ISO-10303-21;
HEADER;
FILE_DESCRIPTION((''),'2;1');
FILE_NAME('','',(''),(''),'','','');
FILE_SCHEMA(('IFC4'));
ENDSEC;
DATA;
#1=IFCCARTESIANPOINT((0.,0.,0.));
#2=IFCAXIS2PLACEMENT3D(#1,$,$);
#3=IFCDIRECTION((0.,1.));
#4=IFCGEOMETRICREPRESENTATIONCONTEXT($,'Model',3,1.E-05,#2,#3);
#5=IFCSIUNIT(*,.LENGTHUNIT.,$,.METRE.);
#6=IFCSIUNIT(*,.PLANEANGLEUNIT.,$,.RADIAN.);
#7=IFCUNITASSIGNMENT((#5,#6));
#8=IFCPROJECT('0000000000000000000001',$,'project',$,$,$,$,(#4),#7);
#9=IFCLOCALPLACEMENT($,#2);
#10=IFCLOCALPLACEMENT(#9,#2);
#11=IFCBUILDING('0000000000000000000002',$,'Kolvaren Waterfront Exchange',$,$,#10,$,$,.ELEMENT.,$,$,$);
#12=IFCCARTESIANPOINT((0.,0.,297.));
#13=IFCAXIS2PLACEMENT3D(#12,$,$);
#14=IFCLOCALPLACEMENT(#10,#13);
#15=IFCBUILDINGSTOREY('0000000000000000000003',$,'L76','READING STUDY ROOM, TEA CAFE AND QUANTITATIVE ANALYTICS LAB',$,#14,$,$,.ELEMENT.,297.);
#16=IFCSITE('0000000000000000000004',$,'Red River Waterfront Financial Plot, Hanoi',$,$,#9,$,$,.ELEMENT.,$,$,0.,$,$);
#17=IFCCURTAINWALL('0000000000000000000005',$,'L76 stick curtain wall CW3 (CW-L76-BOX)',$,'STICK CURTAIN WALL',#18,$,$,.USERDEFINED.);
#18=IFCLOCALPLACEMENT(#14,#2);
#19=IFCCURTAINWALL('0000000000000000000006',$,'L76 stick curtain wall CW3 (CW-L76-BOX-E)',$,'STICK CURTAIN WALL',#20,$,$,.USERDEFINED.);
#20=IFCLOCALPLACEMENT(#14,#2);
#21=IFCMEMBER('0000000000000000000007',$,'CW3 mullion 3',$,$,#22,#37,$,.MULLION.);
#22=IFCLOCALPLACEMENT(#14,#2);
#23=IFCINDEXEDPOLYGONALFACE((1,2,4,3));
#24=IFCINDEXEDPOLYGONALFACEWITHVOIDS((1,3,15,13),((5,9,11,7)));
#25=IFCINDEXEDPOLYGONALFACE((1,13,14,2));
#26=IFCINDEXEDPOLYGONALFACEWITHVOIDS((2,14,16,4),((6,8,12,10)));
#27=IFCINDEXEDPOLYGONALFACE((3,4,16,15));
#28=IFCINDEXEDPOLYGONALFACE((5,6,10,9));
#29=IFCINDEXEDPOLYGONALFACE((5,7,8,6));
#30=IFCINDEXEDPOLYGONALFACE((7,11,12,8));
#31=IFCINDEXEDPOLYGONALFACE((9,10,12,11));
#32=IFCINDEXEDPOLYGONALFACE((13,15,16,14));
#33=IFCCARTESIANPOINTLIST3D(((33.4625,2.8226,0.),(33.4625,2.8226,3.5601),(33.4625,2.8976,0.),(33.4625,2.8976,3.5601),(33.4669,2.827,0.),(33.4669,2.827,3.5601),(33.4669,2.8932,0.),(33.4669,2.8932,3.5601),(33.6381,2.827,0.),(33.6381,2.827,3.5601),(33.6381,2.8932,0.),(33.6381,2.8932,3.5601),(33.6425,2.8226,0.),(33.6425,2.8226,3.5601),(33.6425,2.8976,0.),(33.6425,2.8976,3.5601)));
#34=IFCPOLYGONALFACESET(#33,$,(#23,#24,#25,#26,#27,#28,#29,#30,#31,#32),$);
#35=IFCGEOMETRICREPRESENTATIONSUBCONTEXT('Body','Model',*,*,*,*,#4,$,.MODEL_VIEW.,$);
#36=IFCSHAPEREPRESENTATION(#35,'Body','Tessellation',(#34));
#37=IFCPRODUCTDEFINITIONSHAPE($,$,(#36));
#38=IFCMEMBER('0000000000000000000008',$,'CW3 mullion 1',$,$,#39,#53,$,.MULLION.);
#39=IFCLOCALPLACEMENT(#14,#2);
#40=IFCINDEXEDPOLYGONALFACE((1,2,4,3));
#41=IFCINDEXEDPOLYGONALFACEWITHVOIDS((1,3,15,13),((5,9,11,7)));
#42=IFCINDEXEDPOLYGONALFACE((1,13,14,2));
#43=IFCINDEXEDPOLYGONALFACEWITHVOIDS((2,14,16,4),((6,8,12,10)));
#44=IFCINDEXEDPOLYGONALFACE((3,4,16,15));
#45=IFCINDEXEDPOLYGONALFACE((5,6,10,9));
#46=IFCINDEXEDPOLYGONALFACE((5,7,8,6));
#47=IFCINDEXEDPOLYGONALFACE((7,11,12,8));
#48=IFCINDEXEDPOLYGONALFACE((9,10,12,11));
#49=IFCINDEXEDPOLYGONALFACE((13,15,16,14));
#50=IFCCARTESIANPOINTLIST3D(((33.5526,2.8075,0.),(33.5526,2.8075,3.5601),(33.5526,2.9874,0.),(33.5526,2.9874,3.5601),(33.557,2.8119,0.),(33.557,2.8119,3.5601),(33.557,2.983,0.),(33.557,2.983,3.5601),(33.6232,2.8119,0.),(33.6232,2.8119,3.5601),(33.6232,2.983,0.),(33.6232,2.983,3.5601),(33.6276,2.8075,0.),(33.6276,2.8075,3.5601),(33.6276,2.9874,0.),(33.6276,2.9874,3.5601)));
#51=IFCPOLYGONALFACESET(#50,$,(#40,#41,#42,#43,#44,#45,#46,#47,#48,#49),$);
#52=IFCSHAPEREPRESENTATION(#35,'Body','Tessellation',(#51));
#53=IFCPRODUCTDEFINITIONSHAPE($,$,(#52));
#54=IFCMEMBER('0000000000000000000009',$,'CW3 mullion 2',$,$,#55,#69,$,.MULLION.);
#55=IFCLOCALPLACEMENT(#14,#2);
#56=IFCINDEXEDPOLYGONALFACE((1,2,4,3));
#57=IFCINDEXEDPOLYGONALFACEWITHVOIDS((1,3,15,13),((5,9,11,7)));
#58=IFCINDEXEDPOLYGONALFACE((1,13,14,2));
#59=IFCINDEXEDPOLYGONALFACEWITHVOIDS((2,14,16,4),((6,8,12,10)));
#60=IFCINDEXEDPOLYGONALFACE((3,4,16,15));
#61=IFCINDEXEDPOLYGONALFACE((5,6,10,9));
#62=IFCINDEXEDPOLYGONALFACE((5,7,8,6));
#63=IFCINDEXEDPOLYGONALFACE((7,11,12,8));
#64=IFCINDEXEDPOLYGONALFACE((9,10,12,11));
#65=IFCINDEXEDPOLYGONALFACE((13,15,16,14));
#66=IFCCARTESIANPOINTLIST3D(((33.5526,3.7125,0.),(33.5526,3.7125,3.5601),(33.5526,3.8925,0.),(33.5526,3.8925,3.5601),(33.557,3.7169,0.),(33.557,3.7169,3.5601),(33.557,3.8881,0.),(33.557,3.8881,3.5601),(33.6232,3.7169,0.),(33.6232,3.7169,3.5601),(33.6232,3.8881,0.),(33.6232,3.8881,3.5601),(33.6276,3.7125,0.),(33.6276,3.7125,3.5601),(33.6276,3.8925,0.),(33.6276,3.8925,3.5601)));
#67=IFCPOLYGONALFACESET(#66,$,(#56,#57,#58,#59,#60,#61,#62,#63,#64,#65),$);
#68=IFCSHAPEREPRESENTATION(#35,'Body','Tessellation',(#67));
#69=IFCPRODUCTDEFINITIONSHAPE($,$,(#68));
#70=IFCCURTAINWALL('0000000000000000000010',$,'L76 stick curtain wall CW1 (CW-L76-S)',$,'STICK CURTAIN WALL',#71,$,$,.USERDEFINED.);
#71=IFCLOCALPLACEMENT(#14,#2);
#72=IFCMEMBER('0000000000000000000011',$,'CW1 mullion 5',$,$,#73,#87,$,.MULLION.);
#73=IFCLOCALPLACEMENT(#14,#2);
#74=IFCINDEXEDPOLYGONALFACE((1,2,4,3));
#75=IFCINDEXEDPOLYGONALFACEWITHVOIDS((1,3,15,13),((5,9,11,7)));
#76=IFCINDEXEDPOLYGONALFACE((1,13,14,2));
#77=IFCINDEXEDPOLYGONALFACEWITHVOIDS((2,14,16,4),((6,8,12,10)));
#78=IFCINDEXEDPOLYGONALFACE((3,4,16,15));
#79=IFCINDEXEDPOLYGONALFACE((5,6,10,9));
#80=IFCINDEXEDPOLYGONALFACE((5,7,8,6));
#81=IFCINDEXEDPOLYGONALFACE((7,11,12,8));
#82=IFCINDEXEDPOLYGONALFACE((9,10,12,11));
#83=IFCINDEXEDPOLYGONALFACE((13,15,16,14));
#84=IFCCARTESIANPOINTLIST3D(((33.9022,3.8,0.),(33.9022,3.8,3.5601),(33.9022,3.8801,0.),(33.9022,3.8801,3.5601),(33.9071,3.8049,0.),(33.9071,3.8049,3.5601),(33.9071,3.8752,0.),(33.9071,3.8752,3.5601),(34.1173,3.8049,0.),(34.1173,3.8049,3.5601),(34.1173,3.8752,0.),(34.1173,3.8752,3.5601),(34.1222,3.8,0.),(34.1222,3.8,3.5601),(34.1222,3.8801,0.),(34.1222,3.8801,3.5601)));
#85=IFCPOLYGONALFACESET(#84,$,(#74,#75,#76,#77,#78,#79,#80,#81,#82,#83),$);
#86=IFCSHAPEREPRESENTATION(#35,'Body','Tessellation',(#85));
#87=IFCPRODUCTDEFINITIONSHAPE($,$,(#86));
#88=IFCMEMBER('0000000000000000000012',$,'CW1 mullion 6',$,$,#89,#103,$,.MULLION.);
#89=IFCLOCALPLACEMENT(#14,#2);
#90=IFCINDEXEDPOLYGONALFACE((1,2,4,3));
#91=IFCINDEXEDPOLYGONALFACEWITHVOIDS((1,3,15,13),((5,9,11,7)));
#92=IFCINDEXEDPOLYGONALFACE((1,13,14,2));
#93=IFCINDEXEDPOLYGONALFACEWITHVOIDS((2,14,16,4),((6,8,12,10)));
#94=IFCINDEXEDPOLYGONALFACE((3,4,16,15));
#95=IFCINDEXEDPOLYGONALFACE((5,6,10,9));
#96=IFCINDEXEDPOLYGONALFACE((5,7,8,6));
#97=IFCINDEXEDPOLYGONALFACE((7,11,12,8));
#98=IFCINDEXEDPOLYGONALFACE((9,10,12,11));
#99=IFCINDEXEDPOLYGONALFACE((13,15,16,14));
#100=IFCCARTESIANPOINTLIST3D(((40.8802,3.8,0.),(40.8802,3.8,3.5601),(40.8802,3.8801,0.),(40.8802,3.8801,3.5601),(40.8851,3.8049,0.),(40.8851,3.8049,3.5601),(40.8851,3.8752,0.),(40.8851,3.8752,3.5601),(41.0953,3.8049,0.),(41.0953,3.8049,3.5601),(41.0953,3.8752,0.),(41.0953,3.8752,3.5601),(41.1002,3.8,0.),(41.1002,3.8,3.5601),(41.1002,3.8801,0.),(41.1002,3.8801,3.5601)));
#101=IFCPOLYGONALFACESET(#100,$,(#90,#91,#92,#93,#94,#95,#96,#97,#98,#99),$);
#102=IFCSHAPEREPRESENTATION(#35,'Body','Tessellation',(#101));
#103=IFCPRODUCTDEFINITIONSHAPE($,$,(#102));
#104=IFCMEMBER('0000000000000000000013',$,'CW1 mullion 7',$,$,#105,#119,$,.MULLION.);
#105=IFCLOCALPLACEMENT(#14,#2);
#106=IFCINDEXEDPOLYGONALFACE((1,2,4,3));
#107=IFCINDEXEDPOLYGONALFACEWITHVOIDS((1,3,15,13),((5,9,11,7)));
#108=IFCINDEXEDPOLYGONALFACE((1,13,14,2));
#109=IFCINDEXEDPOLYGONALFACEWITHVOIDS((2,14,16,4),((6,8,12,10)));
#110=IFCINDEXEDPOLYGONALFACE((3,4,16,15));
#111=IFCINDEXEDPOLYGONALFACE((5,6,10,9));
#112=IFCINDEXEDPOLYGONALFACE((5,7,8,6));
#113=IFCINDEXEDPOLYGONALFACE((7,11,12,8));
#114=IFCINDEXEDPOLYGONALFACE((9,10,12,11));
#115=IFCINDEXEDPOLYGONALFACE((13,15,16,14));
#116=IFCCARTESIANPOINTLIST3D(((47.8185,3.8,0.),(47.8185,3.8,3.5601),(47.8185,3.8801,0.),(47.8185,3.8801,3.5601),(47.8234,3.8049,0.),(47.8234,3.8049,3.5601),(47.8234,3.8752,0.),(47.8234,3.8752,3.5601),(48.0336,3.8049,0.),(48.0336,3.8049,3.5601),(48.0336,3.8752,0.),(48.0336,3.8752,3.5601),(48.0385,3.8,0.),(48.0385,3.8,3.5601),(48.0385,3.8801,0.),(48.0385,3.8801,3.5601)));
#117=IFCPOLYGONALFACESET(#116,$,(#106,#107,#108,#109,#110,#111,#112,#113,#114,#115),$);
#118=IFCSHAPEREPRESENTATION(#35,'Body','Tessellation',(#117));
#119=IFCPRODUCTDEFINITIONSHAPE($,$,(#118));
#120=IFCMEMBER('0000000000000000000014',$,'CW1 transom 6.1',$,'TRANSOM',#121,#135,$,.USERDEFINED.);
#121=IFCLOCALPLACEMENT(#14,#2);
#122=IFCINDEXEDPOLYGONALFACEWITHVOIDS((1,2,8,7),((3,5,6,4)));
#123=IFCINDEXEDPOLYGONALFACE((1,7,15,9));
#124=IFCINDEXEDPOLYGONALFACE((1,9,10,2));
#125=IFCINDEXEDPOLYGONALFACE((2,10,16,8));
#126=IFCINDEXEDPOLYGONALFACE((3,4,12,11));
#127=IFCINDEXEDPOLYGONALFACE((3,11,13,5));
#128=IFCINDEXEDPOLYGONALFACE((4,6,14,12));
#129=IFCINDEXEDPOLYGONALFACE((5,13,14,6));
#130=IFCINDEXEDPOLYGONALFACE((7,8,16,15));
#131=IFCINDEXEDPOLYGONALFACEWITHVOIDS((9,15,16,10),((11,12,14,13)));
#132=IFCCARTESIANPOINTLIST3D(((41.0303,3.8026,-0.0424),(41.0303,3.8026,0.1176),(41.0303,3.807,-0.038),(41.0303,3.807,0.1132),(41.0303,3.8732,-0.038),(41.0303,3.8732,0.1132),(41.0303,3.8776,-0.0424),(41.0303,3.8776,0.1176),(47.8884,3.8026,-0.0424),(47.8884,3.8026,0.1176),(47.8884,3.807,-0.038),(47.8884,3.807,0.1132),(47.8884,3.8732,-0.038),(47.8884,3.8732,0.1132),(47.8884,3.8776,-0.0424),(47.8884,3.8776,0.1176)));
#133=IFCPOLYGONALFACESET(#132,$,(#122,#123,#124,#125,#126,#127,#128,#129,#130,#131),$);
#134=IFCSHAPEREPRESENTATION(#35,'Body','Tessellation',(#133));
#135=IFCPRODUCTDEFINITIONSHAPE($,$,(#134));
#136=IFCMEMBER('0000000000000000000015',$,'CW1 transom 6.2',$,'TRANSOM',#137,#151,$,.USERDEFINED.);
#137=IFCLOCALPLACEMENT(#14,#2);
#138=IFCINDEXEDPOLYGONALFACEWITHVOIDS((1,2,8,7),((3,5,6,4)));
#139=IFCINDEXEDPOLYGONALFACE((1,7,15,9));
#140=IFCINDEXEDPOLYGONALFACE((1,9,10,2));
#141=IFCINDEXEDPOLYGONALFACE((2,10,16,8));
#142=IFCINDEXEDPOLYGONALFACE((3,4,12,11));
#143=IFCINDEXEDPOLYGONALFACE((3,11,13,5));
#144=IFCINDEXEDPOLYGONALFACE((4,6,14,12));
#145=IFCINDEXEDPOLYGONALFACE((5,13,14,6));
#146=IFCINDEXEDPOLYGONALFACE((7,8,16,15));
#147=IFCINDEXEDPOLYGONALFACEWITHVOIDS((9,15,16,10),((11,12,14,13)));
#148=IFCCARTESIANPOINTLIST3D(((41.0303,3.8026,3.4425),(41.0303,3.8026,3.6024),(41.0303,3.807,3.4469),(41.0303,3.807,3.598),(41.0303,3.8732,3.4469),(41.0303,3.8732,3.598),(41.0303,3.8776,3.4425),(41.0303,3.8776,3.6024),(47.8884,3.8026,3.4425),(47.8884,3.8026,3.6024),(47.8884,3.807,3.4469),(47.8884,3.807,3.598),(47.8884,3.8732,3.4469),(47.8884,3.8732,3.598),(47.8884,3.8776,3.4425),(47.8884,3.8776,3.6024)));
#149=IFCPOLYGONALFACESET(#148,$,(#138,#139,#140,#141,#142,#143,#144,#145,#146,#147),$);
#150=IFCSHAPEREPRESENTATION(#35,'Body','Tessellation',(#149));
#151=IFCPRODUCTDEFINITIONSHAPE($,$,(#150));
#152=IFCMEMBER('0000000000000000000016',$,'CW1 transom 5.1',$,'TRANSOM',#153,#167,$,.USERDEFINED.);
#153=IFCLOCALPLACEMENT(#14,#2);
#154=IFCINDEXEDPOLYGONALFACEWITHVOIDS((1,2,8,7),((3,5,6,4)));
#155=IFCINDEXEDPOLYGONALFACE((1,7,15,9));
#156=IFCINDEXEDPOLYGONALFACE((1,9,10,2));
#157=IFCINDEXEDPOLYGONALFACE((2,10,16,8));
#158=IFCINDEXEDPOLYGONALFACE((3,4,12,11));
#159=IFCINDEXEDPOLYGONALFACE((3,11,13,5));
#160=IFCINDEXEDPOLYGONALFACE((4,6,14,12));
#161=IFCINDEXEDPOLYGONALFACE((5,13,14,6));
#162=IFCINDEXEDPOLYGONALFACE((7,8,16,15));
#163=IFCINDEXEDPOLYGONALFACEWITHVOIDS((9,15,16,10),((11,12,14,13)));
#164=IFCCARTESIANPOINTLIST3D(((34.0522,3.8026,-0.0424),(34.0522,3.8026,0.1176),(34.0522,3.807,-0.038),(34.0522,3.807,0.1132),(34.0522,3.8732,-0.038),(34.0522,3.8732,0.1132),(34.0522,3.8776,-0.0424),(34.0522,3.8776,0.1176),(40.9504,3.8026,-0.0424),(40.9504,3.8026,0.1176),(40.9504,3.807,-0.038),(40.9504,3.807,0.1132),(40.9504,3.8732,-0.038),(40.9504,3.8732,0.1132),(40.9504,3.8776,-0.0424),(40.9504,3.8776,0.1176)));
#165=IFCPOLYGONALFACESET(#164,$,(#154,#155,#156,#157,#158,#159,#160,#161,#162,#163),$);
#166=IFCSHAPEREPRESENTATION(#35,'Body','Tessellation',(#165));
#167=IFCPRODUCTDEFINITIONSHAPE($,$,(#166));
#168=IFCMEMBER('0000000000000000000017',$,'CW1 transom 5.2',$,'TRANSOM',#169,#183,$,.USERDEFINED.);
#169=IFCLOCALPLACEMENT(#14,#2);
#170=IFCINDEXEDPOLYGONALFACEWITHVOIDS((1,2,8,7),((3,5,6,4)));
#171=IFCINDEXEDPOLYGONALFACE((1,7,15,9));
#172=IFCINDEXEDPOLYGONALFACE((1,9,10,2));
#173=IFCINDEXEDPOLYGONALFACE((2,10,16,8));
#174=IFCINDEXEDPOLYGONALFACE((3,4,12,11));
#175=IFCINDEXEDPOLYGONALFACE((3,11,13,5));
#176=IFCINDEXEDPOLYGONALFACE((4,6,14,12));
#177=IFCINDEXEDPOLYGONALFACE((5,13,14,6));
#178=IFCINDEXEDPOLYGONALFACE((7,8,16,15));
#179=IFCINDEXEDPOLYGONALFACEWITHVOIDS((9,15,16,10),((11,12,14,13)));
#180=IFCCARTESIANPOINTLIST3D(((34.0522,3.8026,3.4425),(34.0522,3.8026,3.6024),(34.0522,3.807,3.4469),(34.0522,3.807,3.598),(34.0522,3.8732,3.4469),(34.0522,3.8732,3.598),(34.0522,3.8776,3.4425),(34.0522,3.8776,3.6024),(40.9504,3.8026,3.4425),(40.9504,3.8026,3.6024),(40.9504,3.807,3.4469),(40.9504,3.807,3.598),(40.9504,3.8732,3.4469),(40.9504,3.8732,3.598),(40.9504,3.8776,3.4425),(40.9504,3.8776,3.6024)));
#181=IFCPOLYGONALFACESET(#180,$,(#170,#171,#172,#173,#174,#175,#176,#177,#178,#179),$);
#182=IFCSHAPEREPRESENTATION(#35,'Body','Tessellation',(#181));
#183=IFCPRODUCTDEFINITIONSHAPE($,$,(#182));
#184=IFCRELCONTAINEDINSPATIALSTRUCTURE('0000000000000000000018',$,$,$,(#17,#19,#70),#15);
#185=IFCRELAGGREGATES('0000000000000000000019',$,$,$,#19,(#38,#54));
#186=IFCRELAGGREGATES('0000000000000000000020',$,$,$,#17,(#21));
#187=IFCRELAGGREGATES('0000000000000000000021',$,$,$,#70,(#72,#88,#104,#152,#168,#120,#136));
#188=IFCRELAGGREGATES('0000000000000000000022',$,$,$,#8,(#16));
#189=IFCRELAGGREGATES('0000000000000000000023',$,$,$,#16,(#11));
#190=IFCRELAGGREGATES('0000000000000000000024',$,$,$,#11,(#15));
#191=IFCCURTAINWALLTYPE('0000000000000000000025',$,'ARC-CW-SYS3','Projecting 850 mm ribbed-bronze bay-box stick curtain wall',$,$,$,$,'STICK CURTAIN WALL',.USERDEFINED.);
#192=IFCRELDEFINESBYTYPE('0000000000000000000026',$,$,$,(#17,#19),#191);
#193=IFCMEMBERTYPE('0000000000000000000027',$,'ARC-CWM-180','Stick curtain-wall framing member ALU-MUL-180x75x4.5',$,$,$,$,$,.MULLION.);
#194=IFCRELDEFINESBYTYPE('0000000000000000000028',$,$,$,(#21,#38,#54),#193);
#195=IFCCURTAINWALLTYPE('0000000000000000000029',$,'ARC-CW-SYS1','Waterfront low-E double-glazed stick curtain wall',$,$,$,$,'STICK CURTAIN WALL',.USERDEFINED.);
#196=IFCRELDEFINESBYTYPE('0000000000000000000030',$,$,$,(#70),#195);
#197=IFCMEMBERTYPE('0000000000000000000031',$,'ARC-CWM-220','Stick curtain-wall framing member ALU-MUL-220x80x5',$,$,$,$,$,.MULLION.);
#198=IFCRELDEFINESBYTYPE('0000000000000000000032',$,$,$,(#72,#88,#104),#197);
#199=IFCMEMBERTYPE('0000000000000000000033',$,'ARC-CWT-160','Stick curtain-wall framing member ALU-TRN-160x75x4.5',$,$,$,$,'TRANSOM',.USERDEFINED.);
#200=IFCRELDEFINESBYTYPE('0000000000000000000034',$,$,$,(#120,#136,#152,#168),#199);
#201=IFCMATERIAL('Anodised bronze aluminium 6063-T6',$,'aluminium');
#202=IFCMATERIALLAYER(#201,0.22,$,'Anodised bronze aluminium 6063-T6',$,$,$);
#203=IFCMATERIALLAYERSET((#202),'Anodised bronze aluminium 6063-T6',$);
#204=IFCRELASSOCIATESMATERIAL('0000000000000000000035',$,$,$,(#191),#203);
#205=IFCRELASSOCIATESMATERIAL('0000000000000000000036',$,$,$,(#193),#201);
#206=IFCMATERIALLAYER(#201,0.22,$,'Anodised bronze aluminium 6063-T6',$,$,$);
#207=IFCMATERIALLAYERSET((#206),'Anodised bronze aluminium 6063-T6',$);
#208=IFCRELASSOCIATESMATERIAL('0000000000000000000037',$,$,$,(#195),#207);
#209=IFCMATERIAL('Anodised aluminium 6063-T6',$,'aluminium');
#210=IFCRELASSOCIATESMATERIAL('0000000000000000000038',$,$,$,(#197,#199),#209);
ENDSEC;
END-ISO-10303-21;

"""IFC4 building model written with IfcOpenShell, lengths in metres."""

from ifc_helpers import new_model, si_unit, direction, frame, origin, origin_with_axes, origin_2d, place, context, subcontext, project, spatial, hollow_rectangle, extrude, source, transform, mapped, material, layer, layer_set, material_profile, profile_set, type_object, element, aggregate, save


model = new_model("IFC4")

# Units and contexts
model_context = context("Model", 3, precision=1e-05, world=origin(), true_north=direction((0.0, 1.0)))
body_context = subcontext(model_context, "Body", "Model", "MODEL_VIEW")
ifc_project = project(units=[si_unit("LENGTHUNIT", "METRE"), si_unit("PLANEANGLEUNIT", "RADIAN")], contexts=[model_context])

# Site, building, storey
site_placement = place(None, origin())
site = spatial("IfcSite", under=ifc_project, at=site_placement, Name="Red River Waterfront Financial Plot, Hanoi", CompositionType="ELEMENT", RefElevation=0.0)
building_placement = place(site_placement, origin())
building = spatial("IfcBuilding", under=site, at=building_placement, Name="Kolvaren Waterfront Exchange", CompositionType="ELEMENT")
storey_placement = place(building_placement, frame((0.0, 0.0, 297.0)))
storey = spatial("IfcBuildingStorey", under=building, at=storey_placement, Name="L76", Description="READING STUDY ROOM, TEA CAFE AND QUANTITATIVE ANALYTICS LAB", CompositionType="ELEMENT", Elevation=297.0)

# Curtain walls
ifc_material_1 = material(Name="Anodised bronze aluminium 6063-T6", Category="aluminium")
ifc_layer_1 = layer(ifc_material_1, 0.22, Name="Anodised bronze aluminium 6063-T6")
ifc_layer_set_1 = layer_set([ifc_layer_1], Name="Anodised bronze aluminium 6063-T6")
curtain_wall_type_1 = type_object("IfcCurtainWallType", Name="ARC-CW-SYS3", Description="Projecting 850 mm ribbed-bronze bay-box stick curtain wall", ElementType="STICK CURTAIN WALL", PredefinedType="USERDEFINED", material=ifc_layer_set_1)
curtain_wall_1_placement = place(storey_placement, origin())
curtain_wall_1 = element("IfcCurtainWall", 1, at=curtain_wall_1_placement, inside=storey, type_object=curtain_wall_type_1, Name="L76 stick curtain wall CW3 (CW-L76-BOX)", ObjectType="STICK CURTAIN WALL", PredefinedType="USERDEFINED")
curtain_wall_2_placement = place(storey_placement, origin())
curtain_wall_2 = element("IfcCurtainWall", 2, at=curtain_wall_2_placement, inside=storey, type_object=curtain_wall_type_1, Name="L76 stick curtain wall CW3 (CW-L76-BOX-E)", ObjectType="STICK CURTAIN WALL", PredefinedType="USERDEFINED")

# Members
ifc_material_profile_1 = material_profile(ifc_material_1, hollow_rectangle(XDim=0.075, YDim=0.1799, WallThickness=0.0044, at=origin_2d()), Name="ALU-MUL-180x75x4.5")
ifc_profile_set_1 = profile_set([ifc_material_profile_1], Name="Anodised bronze aluminium 6063-T6")
member_type_1 = type_object("IfcMemberType", Name="ARC-CWM-180", Description="Stick curtain-wall framing member ALU-MUL-180x75x4.5", PredefinedType="MULLION", material=ifc_profile_set_1)
shared_shape_1 = source(origin_with_axes(), body_context, "Body", "SweptSolid", [
    extrude(hollow_rectangle(XDim=0.075, YDim=0.1799, WallThickness=0.0044, at=origin_2d()), origin(), (0.0, 0.0, 1.0), 3.5601),
])
member_1_placement = place(storey_placement, frame((33.5525, 2.8601, 0.0), z_axis=(0.0, 0.0, 1.0), x_axis=(0.0, 1.0, 0.0)))
member_1 = element("IfcMember", 3, at=member_1_placement, type_object=member_type_1, Name="CW3 mullion 3", PredefinedType="MULLION", context=body_context, shape_type="MappedRepresentation", body=[
    mapped(shared_shape_1, transform((0.0, 0.0, 0.0), x_axis=(1.0, 0.0, 0.0), y_axis=(0.0, 1.0, 0.0), z_axis=(0.0, 0.0, 1.0), scale=1.0)),
])
member_2_placement = place(storey_placement, frame((33.5901, 2.8975, 0.0), z_axis=(0.0, 0.0, 1.0), x_axis=(-1.0, 0.0, 0.0)))
member_2 = element("IfcMember", 4, at=member_2_placement, type_object=member_type_1, Name="CW3 mullion 1", PredefinedType="MULLION", context=body_context, shape_type="MappedRepresentation", body=[
    mapped(shared_shape_1, transform((0.0, 0.0, 0.0), x_axis=(1.0, 0.0, 0.0), y_axis=(0.0, 1.0, 0.0), z_axis=(0.0, 0.0, 1.0), scale=1.0)),
])
member_3_placement = place(storey_placement, frame((33.5901, 3.8025, 0.0), z_axis=(0.0, 0.0, 1.0), x_axis=(-1.0, 0.0, 0.0)))
member_3 = element("IfcMember", 5, at=member_3_placement, type_object=member_type_1, Name="CW3 mullion 2", PredefinedType="MULLION", context=body_context, shape_type="MappedRepresentation", body=[
    mapped(shared_shape_1, transform((0.0, 0.0, 0.0), x_axis=(1.0, 0.0, 0.0), y_axis=(0.0, 1.0, 0.0), z_axis=(0.0, 0.0, 1.0), scale=1.0)),
])

# Curtain wall, members
ifc_layer_2 = layer(ifc_material_1, 0.22, Name="Anodised bronze aluminium 6063-T6")
ifc_layer_set_2 = layer_set([ifc_layer_2], Name="Anodised bronze aluminium 6063-T6")
curtain_wall_type_2 = type_object("IfcCurtainWallType", Name="ARC-CW-SYS1", Description="Waterfront low-E double-glazed stick curtain wall", ElementType="STICK CURTAIN WALL", PredefinedType="USERDEFINED", material=ifc_layer_set_2)
curtain_wall_3_placement = place(storey_placement, origin())
curtain_wall_3 = element("IfcCurtainWall", 6, at=curtain_wall_3_placement, inside=storey, type_object=curtain_wall_type_2, Name="L76 stick curtain wall CW1 (CW-L76-S)", ObjectType="STICK CURTAIN WALL", PredefinedType="USERDEFINED")
ifc_material_2 = material(Name="Anodised aluminium 6063-T6", Category="aluminium")
ifc_material_profile_2 = material_profile(ifc_material_2, hollow_rectangle(XDim=0.0801, YDim=0.22, WallThickness=0.0049, at=origin_2d()), Name="ALU-MUL-220x80x5")
ifc_profile_set_2 = profile_set([ifc_material_profile_2], Name="Anodised aluminium 6063-T6")
member_type_2 = type_object("IfcMemberType", Name="ARC-CWM-220", Description="Stick curtain-wall framing member ALU-MUL-220x80x5", PredefinedType="MULLION", material=ifc_profile_set_2)
shared_shape_2 = source(origin_with_axes(), body_context, "Body", "SweptSolid", [
    extrude(hollow_rectangle(XDim=0.0801, YDim=0.22, WallThickness=0.0049, at=origin_2d()), origin(), (0.0, 0.0, 1.0), 3.5601),
])
member_4_placement = place(storey_placement, frame((34.0122, 3.8401, 0.0), z_axis=(0.0, 0.0, 1.0), x_axis=(0.0, 1.0, 0.0)))
member_4 = element("IfcMember", 7, at=member_4_placement, type_object=member_type_2, Name="CW1 mullion 5", PredefinedType="MULLION", context=body_context, shape_type="MappedRepresentation", body=[
    mapped(shared_shape_2, transform((0.0, 0.0, 0.0), x_axis=(1.0, 0.0, 0.0), y_axis=(0.0, 1.0, 0.0), z_axis=(0.0, 0.0, 1.0), scale=1.0)),
])
member_5_placement = place(storey_placement, frame((40.9902, 3.8401, 0.0), z_axis=(0.0, 0.0, 1.0), x_axis=(0.0, 1.0, 0.0)))
member_5 = element("IfcMember", 8, at=member_5_placement, type_object=member_type_2, Name="CW1 mullion 6", PredefinedType="MULLION", context=body_context, shape_type="MappedRepresentation", body=[
    mapped(shared_shape_2, transform((0.0, 0.0, 0.0), x_axis=(1.0, 0.0, 0.0), y_axis=(0.0, 1.0, 0.0), z_axis=(0.0, 0.0, 1.0), scale=1.0)),
])
member_6_placement = place(storey_placement, frame((47.9285, 3.8401, 0.0), z_axis=(0.0, 0.0, 1.0), x_axis=(0.0, 1.0, 0.0)))
member_6 = element("IfcMember", 9, at=member_6_placement, type_object=member_type_2, Name="CW1 mullion 7", PredefinedType="MULLION", context=body_context, shape_type="MappedRepresentation", body=[
    mapped(shared_shape_2, transform((0.0, 0.0, 0.0), x_axis=(1.0, 0.0, 0.0), y_axis=(0.0, 1.0, 0.0), z_axis=(0.0, 0.0, 1.0), scale=1.0)),
])
ifc_material_profile_3 = material_profile(ifc_material_2, hollow_rectangle(XDim=0.075, YDim=0.1599, WallThickness=0.0044, at=origin_2d()), Name="ALU-TRN-160x75x4.5")
ifc_profile_set_3 = profile_set([ifc_material_profile_3], Name="Anodised aluminium 6063-T6")
member_type_3 = type_object("IfcMemberType", Name="ARC-CWT-160", Description="Stick curtain-wall framing member ALU-TRN-160x75x4.5", ElementType="TRANSOM", PredefinedType="USERDEFINED", material=ifc_profile_set_3)
shared_shape_3 = source(origin_with_axes(), body_context, "Body", "SweptSolid", [
    extrude(hollow_rectangle(XDim=0.075, YDim=0.1599, WallThickness=0.0044, at=origin_2d()), origin(), (0.0, 0.0, 1.0), 6.8582),
])
member_7_placement = place(storey_placement, frame((41.0303, 3.8401, 0.0376), z_axis=(1.0, 0.0, 0.0), x_axis=(0.0, 1.0, 0.0)))
member_7 = element("IfcMember", 10, at=member_7_placement, type_object=member_type_3, Name="CW1 transom 6.1", ObjectType="TRANSOM", PredefinedType="USERDEFINED", context=body_context, shape_type="MappedRepresentation", body=[
    mapped(shared_shape_3, transform((0.0, 0.0, 0.0), x_axis=(1.0, 0.0, 0.0), y_axis=(0.0, 1.0, 0.0), z_axis=(0.0, 0.0, 1.0), scale=1.0)),
])
member_8_placement = place(storey_placement, frame((41.0303, 3.8401, 3.5225), z_axis=(1.0, 0.0, 0.0), x_axis=(0.0, 1.0, 0.0)))
member_8 = element("IfcMember", 11, at=member_8_placement, type_object=member_type_3, Name="CW1 transom 6.2", ObjectType="TRANSOM", PredefinedType="USERDEFINED", context=body_context, shape_type="MappedRepresentation", body=[
    mapped(shared_shape_3, transform((0.0, 0.0, 0.0), x_axis=(1.0, 0.0, 0.0), y_axis=(0.0, 1.0, 0.0), z_axis=(0.0, 0.0, 1.0), scale=1.0)),
])
shared_shape_4 = source(origin_with_axes(), body_context, "Body", "SweptSolid", [
    extrude(hollow_rectangle(XDim=0.075, YDim=0.1599, WallThickness=0.0044, at=origin_2d()), origin(), (0.0, 0.0, 1.0), 6.8982),
])
member_9_placement = place(storey_placement, frame((34.0522, 3.8401, 0.0376), z_axis=(1.0, 0.0, 0.0), x_axis=(0.0, 1.0, 0.0)))
member_9 = element("IfcMember", 12, at=member_9_placement, type_object=member_type_3, Name="CW1 transom 5.1", ObjectType="TRANSOM", PredefinedType="USERDEFINED", context=body_context, shape_type="MappedRepresentation", body=[
    mapped(shared_shape_4, transform((0.0, 0.0, 0.0), x_axis=(1.0, 0.0, 0.0), y_axis=(0.0, 1.0, 0.0), z_axis=(0.0, 0.0, 1.0), scale=1.0)),
])
member_10_placement = place(storey_placement, frame((34.0522, 3.8401, 3.5225), z_axis=(1.0, 0.0, 0.0), x_axis=(0.0, 1.0, 0.0)))
member_10 = element("IfcMember", 13, at=member_10_placement, type_object=member_type_3, Name="CW1 transom 5.2", ObjectType="TRANSOM", PredefinedType="USERDEFINED", context=body_context, shape_type="MappedRepresentation", body=[
    mapped(shared_shape_4, transform((0.0, 0.0, 0.0), x_axis=(1.0, 0.0, 0.0), y_axis=(0.0, 1.0, 0.0), z_axis=(0.0, 0.0, 1.0), scale=1.0)),
])

aggregate(curtain_wall_2, [member_2, member_3])
aggregate(curtain_wall_1, [member_1])
aggregate(curtain_wall_3, [member_4, member_5, member_6, member_9, member_10, member_7, member_8])

save(model, "model.ifc")
